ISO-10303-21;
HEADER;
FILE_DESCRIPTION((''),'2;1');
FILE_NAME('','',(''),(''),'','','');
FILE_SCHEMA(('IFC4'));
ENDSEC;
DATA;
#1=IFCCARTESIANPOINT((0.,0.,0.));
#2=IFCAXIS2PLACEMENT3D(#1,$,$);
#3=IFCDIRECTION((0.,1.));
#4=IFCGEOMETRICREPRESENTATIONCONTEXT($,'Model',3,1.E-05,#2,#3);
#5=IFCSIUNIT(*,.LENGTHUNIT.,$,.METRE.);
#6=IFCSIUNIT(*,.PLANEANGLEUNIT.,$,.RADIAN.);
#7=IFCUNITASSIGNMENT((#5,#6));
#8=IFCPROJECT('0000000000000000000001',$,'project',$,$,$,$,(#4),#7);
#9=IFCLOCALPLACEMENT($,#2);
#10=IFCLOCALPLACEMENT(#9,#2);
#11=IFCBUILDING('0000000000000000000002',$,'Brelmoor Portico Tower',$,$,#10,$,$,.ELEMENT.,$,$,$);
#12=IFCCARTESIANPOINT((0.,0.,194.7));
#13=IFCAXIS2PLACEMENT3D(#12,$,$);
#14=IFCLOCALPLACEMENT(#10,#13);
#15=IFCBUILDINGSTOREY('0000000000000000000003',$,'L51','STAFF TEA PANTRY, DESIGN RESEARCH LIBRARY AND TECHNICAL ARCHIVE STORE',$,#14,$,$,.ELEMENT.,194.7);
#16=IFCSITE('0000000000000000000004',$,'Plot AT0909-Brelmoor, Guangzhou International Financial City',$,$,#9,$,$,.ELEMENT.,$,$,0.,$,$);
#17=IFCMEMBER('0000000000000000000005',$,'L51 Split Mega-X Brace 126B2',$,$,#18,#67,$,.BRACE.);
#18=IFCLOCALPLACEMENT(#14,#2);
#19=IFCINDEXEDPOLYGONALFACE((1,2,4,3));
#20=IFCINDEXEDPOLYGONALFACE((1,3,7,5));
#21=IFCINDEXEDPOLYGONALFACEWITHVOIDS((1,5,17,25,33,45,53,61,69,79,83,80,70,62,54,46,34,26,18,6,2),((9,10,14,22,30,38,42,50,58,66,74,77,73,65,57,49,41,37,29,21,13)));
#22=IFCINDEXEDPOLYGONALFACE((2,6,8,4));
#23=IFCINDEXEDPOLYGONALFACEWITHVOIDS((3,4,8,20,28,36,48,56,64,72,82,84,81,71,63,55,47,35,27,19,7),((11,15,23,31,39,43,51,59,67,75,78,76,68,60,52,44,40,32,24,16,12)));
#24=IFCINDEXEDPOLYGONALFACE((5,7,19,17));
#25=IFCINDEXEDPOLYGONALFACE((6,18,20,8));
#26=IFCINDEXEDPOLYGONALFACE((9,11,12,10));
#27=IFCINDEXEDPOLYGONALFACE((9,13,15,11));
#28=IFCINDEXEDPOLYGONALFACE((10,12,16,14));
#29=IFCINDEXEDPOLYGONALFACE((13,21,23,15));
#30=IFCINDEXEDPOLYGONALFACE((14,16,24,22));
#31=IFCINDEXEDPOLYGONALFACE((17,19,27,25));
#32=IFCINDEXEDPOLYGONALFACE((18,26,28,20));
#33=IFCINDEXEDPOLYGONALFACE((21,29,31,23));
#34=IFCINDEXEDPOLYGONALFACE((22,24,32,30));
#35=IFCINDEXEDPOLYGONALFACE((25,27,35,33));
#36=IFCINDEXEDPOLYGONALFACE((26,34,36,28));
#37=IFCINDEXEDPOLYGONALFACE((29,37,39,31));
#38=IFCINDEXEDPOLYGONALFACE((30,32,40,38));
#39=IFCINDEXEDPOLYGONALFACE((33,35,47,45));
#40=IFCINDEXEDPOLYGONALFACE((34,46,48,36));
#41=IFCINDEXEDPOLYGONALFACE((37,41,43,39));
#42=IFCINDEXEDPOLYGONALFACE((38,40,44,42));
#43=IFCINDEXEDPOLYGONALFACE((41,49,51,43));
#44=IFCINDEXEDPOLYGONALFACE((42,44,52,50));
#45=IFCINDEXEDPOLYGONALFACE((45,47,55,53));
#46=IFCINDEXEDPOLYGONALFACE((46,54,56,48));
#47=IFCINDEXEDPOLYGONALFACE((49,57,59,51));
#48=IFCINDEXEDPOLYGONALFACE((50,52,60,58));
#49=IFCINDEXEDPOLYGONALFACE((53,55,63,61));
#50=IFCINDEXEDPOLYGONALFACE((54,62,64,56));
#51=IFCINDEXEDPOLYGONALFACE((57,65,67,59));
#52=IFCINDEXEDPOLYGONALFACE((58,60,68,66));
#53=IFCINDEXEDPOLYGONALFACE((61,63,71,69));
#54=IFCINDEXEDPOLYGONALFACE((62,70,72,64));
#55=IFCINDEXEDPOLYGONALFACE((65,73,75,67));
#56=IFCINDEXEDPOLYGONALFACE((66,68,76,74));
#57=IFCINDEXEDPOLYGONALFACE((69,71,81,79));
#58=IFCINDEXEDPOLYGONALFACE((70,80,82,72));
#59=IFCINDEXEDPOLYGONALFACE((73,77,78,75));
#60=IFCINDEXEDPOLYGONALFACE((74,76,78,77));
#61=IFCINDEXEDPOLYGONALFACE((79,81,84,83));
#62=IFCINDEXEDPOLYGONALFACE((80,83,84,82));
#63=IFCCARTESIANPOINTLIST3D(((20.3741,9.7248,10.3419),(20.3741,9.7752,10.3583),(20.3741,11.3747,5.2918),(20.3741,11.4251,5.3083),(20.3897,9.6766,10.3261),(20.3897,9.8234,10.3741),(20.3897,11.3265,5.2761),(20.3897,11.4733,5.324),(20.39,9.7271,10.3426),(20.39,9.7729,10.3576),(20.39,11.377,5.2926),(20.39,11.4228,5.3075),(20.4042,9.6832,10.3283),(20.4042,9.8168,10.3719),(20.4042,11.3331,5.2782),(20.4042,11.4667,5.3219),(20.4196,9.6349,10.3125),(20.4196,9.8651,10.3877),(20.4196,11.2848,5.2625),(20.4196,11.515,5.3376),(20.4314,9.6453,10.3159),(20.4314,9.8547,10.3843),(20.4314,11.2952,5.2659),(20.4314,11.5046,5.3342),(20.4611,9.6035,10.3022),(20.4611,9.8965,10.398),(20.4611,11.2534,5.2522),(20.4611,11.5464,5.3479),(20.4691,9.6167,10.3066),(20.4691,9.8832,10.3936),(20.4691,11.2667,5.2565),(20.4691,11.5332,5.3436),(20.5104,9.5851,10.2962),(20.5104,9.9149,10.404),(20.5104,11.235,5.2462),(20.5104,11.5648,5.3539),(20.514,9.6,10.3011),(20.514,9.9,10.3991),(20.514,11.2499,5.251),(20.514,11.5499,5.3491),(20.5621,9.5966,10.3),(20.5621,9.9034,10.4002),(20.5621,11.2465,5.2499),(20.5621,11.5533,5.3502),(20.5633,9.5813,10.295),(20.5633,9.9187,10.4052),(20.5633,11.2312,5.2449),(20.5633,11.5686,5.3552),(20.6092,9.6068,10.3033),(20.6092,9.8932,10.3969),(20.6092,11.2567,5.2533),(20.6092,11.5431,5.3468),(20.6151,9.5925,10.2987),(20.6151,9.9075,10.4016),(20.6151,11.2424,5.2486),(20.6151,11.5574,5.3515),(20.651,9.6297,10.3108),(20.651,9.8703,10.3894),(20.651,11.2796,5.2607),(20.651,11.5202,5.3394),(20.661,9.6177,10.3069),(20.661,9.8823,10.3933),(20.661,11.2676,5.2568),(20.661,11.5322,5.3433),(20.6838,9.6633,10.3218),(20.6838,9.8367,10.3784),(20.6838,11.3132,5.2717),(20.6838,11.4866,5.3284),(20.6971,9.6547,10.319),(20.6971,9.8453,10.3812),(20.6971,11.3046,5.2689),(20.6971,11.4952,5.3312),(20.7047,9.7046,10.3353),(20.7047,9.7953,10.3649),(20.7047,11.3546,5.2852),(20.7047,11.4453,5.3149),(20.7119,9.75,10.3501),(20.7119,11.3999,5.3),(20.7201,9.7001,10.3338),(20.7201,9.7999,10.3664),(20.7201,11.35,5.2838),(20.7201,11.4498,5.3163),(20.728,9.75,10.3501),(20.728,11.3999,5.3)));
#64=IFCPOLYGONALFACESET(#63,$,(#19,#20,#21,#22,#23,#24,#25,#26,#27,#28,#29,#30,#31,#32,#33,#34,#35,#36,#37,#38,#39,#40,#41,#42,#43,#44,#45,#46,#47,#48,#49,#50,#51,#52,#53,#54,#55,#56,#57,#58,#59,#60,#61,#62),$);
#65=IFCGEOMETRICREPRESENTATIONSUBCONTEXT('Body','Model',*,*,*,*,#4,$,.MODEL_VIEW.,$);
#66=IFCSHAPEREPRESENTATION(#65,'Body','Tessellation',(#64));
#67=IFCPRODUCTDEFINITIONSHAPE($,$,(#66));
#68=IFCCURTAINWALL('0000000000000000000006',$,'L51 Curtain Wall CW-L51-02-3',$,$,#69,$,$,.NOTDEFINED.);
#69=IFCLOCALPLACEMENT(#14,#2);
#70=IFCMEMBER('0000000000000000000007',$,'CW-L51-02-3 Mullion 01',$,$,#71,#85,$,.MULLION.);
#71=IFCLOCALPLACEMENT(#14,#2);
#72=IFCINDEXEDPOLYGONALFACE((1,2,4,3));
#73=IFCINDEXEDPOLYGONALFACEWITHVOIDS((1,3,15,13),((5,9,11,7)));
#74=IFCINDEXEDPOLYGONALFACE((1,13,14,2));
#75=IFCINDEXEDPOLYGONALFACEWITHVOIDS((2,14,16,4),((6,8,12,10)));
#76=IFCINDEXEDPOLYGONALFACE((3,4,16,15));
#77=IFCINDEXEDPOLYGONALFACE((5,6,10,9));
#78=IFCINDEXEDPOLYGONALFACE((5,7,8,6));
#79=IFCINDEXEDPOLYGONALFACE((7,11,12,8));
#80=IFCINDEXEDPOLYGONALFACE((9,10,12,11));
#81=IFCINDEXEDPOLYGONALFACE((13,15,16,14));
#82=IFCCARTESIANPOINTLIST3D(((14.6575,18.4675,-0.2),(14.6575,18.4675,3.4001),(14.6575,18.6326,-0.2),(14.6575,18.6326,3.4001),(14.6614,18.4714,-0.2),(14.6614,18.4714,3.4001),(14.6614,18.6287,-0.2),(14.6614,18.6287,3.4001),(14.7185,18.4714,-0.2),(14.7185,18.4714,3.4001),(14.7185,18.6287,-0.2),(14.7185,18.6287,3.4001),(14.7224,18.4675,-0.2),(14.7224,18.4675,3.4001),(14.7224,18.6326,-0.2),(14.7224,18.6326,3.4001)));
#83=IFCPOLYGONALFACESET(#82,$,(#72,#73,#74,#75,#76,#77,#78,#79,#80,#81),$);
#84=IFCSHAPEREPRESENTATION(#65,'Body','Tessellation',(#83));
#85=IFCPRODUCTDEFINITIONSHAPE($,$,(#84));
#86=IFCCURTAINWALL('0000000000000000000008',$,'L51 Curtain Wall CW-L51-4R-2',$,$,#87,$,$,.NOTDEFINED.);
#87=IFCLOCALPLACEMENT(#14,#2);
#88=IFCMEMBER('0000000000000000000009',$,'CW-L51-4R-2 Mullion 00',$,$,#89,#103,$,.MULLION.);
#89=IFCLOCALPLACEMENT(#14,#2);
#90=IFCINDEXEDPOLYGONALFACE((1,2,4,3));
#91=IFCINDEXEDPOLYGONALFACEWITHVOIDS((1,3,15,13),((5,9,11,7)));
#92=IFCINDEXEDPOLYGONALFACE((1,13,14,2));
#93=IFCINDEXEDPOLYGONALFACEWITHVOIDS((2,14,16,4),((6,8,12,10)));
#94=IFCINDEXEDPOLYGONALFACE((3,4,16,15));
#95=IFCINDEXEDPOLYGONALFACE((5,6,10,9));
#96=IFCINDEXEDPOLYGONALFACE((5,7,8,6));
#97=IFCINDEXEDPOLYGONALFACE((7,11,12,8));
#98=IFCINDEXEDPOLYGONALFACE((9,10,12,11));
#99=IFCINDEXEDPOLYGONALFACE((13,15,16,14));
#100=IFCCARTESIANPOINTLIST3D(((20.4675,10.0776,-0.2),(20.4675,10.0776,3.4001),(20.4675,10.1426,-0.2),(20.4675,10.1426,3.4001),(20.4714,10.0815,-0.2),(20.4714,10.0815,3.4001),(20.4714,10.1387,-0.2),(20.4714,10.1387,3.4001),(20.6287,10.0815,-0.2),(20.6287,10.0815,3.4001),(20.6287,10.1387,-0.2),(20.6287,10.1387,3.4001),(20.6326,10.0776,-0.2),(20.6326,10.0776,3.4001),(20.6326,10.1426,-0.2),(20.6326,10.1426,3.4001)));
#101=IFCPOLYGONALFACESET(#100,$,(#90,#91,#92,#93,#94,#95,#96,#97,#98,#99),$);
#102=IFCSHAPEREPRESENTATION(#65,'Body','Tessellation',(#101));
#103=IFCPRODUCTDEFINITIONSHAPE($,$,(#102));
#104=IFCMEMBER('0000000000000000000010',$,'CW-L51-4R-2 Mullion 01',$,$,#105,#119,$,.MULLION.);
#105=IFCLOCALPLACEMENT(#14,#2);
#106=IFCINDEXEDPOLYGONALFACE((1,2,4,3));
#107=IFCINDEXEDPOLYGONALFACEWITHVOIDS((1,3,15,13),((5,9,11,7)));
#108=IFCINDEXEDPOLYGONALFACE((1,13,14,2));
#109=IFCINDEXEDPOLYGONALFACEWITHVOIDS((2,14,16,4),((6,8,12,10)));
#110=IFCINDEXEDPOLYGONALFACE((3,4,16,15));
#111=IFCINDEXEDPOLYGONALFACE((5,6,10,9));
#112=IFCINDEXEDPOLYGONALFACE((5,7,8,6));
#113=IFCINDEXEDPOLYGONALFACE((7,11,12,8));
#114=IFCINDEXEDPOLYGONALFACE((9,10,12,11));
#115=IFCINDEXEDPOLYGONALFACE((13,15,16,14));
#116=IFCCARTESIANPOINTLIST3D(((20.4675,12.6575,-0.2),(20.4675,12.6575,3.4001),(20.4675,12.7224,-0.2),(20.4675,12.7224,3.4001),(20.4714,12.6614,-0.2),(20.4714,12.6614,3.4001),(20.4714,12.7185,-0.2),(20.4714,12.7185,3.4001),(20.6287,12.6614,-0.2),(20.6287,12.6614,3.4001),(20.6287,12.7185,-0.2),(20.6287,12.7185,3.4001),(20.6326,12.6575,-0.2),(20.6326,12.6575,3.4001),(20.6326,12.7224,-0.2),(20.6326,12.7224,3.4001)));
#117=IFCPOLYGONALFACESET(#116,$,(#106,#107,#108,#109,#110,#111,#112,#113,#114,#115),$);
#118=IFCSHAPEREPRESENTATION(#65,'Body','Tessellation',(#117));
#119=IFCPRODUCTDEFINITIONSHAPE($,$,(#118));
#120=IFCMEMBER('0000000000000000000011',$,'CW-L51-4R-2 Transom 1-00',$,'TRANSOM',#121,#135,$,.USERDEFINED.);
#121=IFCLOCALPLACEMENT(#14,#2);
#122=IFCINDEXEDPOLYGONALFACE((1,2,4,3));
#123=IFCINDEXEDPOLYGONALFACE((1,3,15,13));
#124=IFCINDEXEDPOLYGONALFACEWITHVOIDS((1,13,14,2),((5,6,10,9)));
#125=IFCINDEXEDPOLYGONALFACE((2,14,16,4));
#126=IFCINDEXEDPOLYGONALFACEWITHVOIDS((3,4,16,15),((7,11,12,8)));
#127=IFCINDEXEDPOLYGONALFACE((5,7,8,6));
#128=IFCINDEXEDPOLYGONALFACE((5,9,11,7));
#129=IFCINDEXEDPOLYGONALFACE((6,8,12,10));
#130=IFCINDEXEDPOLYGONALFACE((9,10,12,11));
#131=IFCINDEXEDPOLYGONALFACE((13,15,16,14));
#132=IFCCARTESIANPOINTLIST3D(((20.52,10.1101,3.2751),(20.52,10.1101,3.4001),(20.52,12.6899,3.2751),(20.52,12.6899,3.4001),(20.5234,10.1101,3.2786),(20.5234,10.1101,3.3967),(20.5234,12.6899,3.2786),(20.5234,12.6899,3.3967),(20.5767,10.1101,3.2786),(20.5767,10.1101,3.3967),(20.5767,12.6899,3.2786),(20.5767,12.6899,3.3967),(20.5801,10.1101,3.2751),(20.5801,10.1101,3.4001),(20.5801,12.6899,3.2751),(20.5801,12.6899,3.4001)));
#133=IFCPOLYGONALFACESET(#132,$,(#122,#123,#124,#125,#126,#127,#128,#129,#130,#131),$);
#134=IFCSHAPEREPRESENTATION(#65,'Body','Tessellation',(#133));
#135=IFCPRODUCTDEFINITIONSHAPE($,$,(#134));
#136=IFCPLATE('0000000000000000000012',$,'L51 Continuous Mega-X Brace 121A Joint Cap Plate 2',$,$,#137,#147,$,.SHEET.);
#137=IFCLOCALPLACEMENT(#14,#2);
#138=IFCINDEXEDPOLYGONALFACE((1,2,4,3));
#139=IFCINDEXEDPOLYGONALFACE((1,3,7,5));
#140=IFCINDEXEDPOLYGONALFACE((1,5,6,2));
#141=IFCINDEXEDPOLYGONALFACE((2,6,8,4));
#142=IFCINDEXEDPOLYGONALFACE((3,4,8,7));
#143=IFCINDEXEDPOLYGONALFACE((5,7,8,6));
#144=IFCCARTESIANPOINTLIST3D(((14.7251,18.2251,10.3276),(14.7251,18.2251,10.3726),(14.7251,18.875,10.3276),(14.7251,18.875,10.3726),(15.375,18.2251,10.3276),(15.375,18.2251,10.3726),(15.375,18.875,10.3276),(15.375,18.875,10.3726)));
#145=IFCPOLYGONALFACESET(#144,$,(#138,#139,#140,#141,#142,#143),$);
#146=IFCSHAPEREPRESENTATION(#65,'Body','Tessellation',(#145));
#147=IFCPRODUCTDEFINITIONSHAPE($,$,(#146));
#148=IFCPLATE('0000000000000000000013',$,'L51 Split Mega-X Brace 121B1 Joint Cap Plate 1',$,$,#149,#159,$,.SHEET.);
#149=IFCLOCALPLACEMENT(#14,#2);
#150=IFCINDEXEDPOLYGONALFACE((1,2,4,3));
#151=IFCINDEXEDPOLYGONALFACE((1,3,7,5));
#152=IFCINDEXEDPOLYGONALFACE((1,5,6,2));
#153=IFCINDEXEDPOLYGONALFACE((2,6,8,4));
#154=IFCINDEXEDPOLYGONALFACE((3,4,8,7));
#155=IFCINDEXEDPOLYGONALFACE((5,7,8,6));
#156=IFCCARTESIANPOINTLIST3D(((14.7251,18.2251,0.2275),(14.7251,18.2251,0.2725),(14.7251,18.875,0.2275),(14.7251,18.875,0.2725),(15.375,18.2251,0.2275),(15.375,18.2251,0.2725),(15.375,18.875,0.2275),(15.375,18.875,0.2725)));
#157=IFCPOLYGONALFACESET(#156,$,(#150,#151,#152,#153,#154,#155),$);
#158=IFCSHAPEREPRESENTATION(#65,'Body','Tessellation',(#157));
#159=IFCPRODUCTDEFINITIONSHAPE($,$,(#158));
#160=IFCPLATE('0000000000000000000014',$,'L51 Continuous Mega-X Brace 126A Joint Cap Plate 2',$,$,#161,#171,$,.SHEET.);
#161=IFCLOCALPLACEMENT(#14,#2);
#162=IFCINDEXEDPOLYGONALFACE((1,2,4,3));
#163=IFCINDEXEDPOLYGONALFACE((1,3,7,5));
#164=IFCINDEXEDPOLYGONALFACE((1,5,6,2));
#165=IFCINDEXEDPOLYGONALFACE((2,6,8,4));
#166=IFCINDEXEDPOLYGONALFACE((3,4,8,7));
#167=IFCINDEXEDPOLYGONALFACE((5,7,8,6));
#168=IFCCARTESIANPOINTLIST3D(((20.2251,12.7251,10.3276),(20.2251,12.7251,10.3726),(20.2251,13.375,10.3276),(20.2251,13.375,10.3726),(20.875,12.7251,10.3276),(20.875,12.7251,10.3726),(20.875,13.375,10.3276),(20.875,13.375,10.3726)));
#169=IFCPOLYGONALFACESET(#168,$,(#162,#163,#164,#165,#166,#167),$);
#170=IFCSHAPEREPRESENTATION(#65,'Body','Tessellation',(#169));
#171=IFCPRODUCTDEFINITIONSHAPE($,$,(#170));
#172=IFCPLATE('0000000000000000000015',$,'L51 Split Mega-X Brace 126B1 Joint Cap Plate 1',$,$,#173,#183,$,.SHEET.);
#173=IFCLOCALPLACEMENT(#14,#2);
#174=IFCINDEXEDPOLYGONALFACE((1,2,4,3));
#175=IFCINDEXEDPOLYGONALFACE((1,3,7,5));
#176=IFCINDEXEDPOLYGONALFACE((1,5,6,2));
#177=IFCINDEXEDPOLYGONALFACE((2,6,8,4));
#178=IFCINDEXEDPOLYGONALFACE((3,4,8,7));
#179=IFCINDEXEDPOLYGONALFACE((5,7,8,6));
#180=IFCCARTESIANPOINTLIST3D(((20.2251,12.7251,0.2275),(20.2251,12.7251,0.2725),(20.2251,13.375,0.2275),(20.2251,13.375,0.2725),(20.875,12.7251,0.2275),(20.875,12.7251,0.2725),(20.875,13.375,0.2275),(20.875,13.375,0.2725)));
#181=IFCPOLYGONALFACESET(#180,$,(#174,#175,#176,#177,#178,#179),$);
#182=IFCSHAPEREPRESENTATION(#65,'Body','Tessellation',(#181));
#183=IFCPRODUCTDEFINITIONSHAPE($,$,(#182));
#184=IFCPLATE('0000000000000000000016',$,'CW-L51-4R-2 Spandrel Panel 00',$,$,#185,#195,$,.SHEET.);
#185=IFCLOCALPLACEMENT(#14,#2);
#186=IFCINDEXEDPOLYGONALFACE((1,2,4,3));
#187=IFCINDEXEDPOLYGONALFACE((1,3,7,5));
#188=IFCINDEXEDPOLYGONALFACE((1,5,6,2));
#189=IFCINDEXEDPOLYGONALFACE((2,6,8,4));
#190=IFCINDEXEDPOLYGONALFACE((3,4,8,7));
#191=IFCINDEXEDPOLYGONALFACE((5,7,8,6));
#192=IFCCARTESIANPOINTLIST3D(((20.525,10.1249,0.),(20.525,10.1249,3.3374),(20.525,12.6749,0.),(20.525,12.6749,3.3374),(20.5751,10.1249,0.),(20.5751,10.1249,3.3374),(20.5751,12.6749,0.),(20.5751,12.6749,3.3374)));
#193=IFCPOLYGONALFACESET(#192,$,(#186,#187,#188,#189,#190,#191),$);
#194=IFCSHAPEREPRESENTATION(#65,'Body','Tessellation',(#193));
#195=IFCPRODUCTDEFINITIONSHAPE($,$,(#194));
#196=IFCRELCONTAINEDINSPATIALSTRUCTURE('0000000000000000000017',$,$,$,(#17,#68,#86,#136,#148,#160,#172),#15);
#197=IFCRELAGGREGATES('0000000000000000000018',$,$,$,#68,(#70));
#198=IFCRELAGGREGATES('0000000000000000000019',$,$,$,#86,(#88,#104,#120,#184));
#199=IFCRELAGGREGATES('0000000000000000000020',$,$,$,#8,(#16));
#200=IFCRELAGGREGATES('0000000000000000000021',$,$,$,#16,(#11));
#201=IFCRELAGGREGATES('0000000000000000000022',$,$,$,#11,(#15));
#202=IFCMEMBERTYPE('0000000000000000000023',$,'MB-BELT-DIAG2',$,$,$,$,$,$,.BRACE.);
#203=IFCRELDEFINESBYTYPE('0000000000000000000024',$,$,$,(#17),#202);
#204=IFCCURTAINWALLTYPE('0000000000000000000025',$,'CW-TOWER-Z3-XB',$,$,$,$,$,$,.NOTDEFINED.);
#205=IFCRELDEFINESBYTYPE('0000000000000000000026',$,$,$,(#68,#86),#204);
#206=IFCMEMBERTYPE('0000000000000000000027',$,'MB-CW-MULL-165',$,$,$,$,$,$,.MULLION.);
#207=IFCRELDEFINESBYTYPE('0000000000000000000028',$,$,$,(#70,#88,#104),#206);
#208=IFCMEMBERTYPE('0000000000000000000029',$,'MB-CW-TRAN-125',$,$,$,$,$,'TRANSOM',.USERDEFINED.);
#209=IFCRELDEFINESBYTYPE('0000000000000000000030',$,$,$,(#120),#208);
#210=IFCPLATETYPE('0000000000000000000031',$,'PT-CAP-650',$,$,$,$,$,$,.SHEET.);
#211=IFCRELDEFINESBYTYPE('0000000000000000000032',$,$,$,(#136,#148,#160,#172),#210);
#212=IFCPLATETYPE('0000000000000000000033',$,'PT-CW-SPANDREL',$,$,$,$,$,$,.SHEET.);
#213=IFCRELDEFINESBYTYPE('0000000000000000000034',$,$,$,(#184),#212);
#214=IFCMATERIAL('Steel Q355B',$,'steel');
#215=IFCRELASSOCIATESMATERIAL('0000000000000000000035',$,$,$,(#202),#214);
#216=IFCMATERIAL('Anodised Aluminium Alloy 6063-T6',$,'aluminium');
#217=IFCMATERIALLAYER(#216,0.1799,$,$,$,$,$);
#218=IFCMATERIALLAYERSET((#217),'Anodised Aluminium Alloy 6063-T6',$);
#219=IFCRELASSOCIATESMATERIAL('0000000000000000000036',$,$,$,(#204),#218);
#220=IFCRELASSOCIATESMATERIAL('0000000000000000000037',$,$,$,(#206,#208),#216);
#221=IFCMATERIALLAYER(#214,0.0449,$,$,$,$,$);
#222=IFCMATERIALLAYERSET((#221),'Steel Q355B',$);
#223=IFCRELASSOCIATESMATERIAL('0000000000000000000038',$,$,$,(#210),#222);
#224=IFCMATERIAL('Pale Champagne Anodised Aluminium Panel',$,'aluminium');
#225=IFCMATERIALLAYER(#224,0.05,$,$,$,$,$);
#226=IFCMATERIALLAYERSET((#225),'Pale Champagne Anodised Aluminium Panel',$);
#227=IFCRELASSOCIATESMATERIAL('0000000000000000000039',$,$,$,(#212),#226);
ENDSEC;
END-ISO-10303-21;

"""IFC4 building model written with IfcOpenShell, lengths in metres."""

from ifc_helpers import new_model, si_unit, direction, frame, origin, origin_2d, place, context, subcontext, project, spatial, rectangle, hollow_rectangle, hollow_circle, extrude, material, layer, layer_set, material_profile, profile_set, type_object, element, aggregate, save


model = new_model("IFC4")

# Units and contexts
model_context = context("Model", 3, precision=1e-05, world=origin(), true_north=direction((0.0, 1.0)))
body_context = subcontext(model_context, "Body", "Model", "MODEL_VIEW")
ifc_project = project(units=[si_unit("LENGTHUNIT", "METRE"), si_unit("PLANEANGLEUNIT", "RADIAN")], contexts=[model_context])

# Site, building, storey
site_placement = place(None, origin())
site = spatial("IfcSite", under=ifc_project, at=site_placement, Name="Plot AT0909-Brelmoor, Guangzhou International Financial City", CompositionType="ELEMENT", RefElevation=0.0)
building_placement = place(site_placement, origin())
building = spatial("IfcBuilding", under=site, at=building_placement, Name="Brelmoor Portico Tower", CompositionType="ELEMENT")
storey_placement = place(building_placement, frame((0.0, 0.0, 194.7)))
storey = spatial("IfcBuildingStorey", under=building, at=storey_placement, Name="L51", Description="STAFF TEA PANTRY, DESIGN RESEARCH LIBRARY AND TECHNICAL ARCHIVE STORE", CompositionType="ELEMENT", Elevation=194.7)

# Shared definitions
ifc_material_1 = material(Name="Steel Q355B", Category="steel")

# Member
ifc_material_profile_1 = material_profile(ifc_material_1, hollow_circle(Radius=0.178, WallThickness=0.0161, at=origin_2d()), Name="CHS 356x16")
ifc_profile_set_1 = profile_set([ifc_material_profile_1], Name="Steel Q355B")
member_type_1 = type_object("IfcMemberType", Name="MB-BELT-DIAG2", PredefinedType="BRACE", material=ifc_profile_set_1)
for number, where, z_axis, x_axis, name in (
    (1, (20.55, 11.3999, 5.3), (0.0, -0.310556, 0.950555), (1.0, 0.0, 0.0), "L51 Split Mega-X Brace 126B2"),
):
    element("IfcMember", number, at=place(storey_placement, frame(where, z_axis=z_axis, x_axis=x_axis)), inside=storey, type_object=member_type_1, Name=name, PredefinedType="BRACE", context=body_context, shape_type="SweptSolid", body=[
        extrude(hollow_circle(Radius=0.178, WallThickness=0.0161, at=origin_2d()), origin(), (0.0, 0.0, 1.0), 5.3127),
    ])

# Curtain wall, member
ifc_material_2 = material(Name="Anodised Aluminium Alloy 6063-T6", Category="aluminium")
ifc_layer_1 = layer(ifc_material_2, 0.1799)
ifc_layer_set_1 = layer_set([ifc_layer_1], Name="Anodised Aluminium Alloy 6063-T6")
curtain_wall_type = type_object("IfcCurtainWallType", Name="CW-TOWER-Z3-XB", PredefinedType="NOTDEFINED", material=ifc_layer_set_1)
curtain_wall_1_placement = place(storey_placement, origin())
curtain_wall_1 = element("IfcCurtainWall", 2, at=curtain_wall_1_placement, inside=storey, type_object=curtain_wall_type, Name="L51 Curtain Wall CW-L51-02-3", PredefinedType="NOTDEFINED")
ifc_material_profile_2 = material_profile(ifc_material_2, hollow_rectangle(XDim=0.0649, YDim=0.165, WallThickness=0.0039, at=origin_2d()), Name="ALU MULLION 65x165")
ifc_profile_set_2 = profile_set([ifc_material_profile_2], Name="Anodised Aluminium Alloy 6063-T6")
member_type_2 = type_object("IfcMemberType", Name="MB-CW-MULL-165", PredefinedType="MULLION", material=ifc_profile_set_2)
member_1_placement = place(storey_placement, frame((14.6899, 18.55, -0.2), z_axis=(0.0, 0.0, 1.0), x_axis=(1.0, 0.0, 0.0)))
member_1 = element("IfcMember", 3, at=member_1_placement, type_object=member_type_2, Name="CW-L51-02-3 Mullion 01", PredefinedType="MULLION", context=body_context, shape_type="SweptSolid", body=[
    extrude(hollow_rectangle(XDim=0.0649, YDim=0.165, WallThickness=0.0039, at=origin_2d()), origin(), (0.0, 0.0, 1.0), 3.6001),
])
aggregate(curtain_wall_1, [member_1])

# Curtain wall, members
curtain_wall_2_placement = place(storey_placement, origin())
curtain_wall_2 = element("IfcCurtainWall", 4, at=curtain_wall_2_placement, inside=storey, type_object=curtain_wall_type, Name="L51 Curtain Wall CW-L51-4R-2", PredefinedType="NOTDEFINED")
member_2_placement = place(storey_placement, frame((20.55, 10.1101, -0.2), z_axis=(0.0, 0.0, 1.0), x_axis=(0.0, 1.0, 0.0)))
member_2 = element("IfcMember", 5, at=member_2_placement, type_object=member_type_2, Name="CW-L51-4R-2 Mullion 00", PredefinedType="MULLION", context=body_context, shape_type="SweptSolid", body=[
    extrude(hollow_rectangle(XDim=0.0649, YDim=0.165, WallThickness=0.0039, at=origin_2d()), origin(), (0.0, 0.0, 1.0), 3.6001),
])
member_3_placement = place(storey_placement, frame((20.55, 12.6899, -0.2), z_axis=(0.0, 0.0, 1.0), x_axis=(0.0, 1.0, 0.0)))
member_3 = element("IfcMember", 6, at=member_3_placement, type_object=member_type_2, Name="CW-L51-4R-2 Mullion 01", PredefinedType="MULLION", context=body_context, shape_type="SweptSolid", body=[
    extrude(hollow_rectangle(XDim=0.0649, YDim=0.165, WallThickness=0.0039, at=origin_2d()), origin(), (0.0, 0.0, 1.0), 3.6001),
])
ifc_material_profile_3 = material_profile(ifc_material_2, hollow_rectangle(XDim=0.0601, YDim=0.125, WallThickness=0.0034, at=origin_2d()), Name="ALU TRANSOM 60x125")
ifc_profile_set_3 = profile_set([ifc_material_profile_3], Name="Anodised Aluminium Alloy 6063-T6")
member_type_3 = type_object("IfcMemberType", Name="MB-CW-TRAN-125", ElementType="TRANSOM", PredefinedType="USERDEFINED", material=ifc_profile_set_3)
member_4_placement = place(storey_placement, frame((20.55, 10.1101, 3.3376), z_axis=(0.0, 1.0, 0.0), x_axis=(-1.0, 0.0, 0.0)))
member_4 = element("IfcMember", 7, at=member_4_placement, type_object=member_type_3, Name="CW-L51-4R-2 Transom 1-00", ObjectType="TRANSOM", PredefinedType="USERDEFINED", context=body_context, shape_type="SweptSolid", body=[
    extrude(hollow_rectangle(XDim=0.0601, YDim=0.125, WallThickness=0.0034, at=origin_2d()), origin(), (0.0, 0.0, 1.0), 2.5798),
])

# Plates
ifc_layer_2 = layer(ifc_material_1, 0.0449)
ifc_layer_set_2 = layer_set([ifc_layer_2], Name="Steel Q355B")
plate_type_1 = type_object("IfcPlateType", Name="PT-CAP-650", PredefinedType="SHEET", material=ifc_layer_set_2)
for number, where, z_axis, x_axis, name in (
    (8, (15.05, 18.55, 10.3276), (0.0, 0.0, 1.0), (1.0, 0.0, 0.0), "L51 Continuous Mega-X Brace 121A Joint Cap Plate 2"),
    (9, (15.05, 18.55, 0.2275), (0.0, 0.0, 1.0), (1.0, 0.0, 0.0), "L51 Split Mega-X Brace 121B1 Joint Cap Plate 1"),
    (10, (20.55, 13.05, 10.3276), (0.0, 0.0, 1.0), (1.0, 0.0, 0.0), "L51 Continuous Mega-X Brace 126A Joint Cap Plate 2"),
    (11, (20.55, 13.05, 0.2275), (0.0, 0.0, 1.0), (1.0, 0.0, 0.0), "L51 Split Mega-X Brace 126B1 Joint Cap Plate 1"),
):
    element("IfcPlate", number, at=place(storey_placement, frame(where, z_axis=z_axis, x_axis=x_axis)), inside=storey, type_object=plate_type_1, Name=name, PredefinedType="SHEET", context=body_context, shape_type="SweptSolid", body=[
        extrude(rectangle(XDim=0.6499, YDim=0.6499, at=origin_2d()), origin(), (0.0, 0.0, 1.0), 0.0449),
    ])

# Plate
ifc_material_3 = material(Name="Pale Champagne Anodised Aluminium Panel", Category="aluminium")
ifc_layer_3 = layer(ifc_material_3, 0.05)
ifc_layer_set_3 = layer_set([ifc_layer_3], Name="Pale Champagne Anodised Aluminium Panel")
plate_type_2 = type_object("IfcPlateType", Name="PT-CW-SPANDREL", PredefinedType="SHEET", material=ifc_layer_set_3)
plate_1_placement = place(storey_placement, frame((20.55, 11.3999, 0.0), z_axis=(0.0, 0.0, 1.0), x_axis=(0.0, 1.0, 0.0)))
plate_1 = element("IfcPlate", 12, at=plate_1_placement, type_object=plate_type_2, Name="CW-L51-4R-2 Spandrel Panel 00", PredefinedType="SHEET", context=body_context, shape_type="SweptSolid", body=[
    extrude(rectangle(XDim=2.55, YDim=0.05, at=origin_2d()), origin(), (0.0, 0.0, 1.0), 3.3374),
])
aggregate(curtain_wall_2, [member_2, member_3, member_4, plate_1])

save(model, "model.ifc")
